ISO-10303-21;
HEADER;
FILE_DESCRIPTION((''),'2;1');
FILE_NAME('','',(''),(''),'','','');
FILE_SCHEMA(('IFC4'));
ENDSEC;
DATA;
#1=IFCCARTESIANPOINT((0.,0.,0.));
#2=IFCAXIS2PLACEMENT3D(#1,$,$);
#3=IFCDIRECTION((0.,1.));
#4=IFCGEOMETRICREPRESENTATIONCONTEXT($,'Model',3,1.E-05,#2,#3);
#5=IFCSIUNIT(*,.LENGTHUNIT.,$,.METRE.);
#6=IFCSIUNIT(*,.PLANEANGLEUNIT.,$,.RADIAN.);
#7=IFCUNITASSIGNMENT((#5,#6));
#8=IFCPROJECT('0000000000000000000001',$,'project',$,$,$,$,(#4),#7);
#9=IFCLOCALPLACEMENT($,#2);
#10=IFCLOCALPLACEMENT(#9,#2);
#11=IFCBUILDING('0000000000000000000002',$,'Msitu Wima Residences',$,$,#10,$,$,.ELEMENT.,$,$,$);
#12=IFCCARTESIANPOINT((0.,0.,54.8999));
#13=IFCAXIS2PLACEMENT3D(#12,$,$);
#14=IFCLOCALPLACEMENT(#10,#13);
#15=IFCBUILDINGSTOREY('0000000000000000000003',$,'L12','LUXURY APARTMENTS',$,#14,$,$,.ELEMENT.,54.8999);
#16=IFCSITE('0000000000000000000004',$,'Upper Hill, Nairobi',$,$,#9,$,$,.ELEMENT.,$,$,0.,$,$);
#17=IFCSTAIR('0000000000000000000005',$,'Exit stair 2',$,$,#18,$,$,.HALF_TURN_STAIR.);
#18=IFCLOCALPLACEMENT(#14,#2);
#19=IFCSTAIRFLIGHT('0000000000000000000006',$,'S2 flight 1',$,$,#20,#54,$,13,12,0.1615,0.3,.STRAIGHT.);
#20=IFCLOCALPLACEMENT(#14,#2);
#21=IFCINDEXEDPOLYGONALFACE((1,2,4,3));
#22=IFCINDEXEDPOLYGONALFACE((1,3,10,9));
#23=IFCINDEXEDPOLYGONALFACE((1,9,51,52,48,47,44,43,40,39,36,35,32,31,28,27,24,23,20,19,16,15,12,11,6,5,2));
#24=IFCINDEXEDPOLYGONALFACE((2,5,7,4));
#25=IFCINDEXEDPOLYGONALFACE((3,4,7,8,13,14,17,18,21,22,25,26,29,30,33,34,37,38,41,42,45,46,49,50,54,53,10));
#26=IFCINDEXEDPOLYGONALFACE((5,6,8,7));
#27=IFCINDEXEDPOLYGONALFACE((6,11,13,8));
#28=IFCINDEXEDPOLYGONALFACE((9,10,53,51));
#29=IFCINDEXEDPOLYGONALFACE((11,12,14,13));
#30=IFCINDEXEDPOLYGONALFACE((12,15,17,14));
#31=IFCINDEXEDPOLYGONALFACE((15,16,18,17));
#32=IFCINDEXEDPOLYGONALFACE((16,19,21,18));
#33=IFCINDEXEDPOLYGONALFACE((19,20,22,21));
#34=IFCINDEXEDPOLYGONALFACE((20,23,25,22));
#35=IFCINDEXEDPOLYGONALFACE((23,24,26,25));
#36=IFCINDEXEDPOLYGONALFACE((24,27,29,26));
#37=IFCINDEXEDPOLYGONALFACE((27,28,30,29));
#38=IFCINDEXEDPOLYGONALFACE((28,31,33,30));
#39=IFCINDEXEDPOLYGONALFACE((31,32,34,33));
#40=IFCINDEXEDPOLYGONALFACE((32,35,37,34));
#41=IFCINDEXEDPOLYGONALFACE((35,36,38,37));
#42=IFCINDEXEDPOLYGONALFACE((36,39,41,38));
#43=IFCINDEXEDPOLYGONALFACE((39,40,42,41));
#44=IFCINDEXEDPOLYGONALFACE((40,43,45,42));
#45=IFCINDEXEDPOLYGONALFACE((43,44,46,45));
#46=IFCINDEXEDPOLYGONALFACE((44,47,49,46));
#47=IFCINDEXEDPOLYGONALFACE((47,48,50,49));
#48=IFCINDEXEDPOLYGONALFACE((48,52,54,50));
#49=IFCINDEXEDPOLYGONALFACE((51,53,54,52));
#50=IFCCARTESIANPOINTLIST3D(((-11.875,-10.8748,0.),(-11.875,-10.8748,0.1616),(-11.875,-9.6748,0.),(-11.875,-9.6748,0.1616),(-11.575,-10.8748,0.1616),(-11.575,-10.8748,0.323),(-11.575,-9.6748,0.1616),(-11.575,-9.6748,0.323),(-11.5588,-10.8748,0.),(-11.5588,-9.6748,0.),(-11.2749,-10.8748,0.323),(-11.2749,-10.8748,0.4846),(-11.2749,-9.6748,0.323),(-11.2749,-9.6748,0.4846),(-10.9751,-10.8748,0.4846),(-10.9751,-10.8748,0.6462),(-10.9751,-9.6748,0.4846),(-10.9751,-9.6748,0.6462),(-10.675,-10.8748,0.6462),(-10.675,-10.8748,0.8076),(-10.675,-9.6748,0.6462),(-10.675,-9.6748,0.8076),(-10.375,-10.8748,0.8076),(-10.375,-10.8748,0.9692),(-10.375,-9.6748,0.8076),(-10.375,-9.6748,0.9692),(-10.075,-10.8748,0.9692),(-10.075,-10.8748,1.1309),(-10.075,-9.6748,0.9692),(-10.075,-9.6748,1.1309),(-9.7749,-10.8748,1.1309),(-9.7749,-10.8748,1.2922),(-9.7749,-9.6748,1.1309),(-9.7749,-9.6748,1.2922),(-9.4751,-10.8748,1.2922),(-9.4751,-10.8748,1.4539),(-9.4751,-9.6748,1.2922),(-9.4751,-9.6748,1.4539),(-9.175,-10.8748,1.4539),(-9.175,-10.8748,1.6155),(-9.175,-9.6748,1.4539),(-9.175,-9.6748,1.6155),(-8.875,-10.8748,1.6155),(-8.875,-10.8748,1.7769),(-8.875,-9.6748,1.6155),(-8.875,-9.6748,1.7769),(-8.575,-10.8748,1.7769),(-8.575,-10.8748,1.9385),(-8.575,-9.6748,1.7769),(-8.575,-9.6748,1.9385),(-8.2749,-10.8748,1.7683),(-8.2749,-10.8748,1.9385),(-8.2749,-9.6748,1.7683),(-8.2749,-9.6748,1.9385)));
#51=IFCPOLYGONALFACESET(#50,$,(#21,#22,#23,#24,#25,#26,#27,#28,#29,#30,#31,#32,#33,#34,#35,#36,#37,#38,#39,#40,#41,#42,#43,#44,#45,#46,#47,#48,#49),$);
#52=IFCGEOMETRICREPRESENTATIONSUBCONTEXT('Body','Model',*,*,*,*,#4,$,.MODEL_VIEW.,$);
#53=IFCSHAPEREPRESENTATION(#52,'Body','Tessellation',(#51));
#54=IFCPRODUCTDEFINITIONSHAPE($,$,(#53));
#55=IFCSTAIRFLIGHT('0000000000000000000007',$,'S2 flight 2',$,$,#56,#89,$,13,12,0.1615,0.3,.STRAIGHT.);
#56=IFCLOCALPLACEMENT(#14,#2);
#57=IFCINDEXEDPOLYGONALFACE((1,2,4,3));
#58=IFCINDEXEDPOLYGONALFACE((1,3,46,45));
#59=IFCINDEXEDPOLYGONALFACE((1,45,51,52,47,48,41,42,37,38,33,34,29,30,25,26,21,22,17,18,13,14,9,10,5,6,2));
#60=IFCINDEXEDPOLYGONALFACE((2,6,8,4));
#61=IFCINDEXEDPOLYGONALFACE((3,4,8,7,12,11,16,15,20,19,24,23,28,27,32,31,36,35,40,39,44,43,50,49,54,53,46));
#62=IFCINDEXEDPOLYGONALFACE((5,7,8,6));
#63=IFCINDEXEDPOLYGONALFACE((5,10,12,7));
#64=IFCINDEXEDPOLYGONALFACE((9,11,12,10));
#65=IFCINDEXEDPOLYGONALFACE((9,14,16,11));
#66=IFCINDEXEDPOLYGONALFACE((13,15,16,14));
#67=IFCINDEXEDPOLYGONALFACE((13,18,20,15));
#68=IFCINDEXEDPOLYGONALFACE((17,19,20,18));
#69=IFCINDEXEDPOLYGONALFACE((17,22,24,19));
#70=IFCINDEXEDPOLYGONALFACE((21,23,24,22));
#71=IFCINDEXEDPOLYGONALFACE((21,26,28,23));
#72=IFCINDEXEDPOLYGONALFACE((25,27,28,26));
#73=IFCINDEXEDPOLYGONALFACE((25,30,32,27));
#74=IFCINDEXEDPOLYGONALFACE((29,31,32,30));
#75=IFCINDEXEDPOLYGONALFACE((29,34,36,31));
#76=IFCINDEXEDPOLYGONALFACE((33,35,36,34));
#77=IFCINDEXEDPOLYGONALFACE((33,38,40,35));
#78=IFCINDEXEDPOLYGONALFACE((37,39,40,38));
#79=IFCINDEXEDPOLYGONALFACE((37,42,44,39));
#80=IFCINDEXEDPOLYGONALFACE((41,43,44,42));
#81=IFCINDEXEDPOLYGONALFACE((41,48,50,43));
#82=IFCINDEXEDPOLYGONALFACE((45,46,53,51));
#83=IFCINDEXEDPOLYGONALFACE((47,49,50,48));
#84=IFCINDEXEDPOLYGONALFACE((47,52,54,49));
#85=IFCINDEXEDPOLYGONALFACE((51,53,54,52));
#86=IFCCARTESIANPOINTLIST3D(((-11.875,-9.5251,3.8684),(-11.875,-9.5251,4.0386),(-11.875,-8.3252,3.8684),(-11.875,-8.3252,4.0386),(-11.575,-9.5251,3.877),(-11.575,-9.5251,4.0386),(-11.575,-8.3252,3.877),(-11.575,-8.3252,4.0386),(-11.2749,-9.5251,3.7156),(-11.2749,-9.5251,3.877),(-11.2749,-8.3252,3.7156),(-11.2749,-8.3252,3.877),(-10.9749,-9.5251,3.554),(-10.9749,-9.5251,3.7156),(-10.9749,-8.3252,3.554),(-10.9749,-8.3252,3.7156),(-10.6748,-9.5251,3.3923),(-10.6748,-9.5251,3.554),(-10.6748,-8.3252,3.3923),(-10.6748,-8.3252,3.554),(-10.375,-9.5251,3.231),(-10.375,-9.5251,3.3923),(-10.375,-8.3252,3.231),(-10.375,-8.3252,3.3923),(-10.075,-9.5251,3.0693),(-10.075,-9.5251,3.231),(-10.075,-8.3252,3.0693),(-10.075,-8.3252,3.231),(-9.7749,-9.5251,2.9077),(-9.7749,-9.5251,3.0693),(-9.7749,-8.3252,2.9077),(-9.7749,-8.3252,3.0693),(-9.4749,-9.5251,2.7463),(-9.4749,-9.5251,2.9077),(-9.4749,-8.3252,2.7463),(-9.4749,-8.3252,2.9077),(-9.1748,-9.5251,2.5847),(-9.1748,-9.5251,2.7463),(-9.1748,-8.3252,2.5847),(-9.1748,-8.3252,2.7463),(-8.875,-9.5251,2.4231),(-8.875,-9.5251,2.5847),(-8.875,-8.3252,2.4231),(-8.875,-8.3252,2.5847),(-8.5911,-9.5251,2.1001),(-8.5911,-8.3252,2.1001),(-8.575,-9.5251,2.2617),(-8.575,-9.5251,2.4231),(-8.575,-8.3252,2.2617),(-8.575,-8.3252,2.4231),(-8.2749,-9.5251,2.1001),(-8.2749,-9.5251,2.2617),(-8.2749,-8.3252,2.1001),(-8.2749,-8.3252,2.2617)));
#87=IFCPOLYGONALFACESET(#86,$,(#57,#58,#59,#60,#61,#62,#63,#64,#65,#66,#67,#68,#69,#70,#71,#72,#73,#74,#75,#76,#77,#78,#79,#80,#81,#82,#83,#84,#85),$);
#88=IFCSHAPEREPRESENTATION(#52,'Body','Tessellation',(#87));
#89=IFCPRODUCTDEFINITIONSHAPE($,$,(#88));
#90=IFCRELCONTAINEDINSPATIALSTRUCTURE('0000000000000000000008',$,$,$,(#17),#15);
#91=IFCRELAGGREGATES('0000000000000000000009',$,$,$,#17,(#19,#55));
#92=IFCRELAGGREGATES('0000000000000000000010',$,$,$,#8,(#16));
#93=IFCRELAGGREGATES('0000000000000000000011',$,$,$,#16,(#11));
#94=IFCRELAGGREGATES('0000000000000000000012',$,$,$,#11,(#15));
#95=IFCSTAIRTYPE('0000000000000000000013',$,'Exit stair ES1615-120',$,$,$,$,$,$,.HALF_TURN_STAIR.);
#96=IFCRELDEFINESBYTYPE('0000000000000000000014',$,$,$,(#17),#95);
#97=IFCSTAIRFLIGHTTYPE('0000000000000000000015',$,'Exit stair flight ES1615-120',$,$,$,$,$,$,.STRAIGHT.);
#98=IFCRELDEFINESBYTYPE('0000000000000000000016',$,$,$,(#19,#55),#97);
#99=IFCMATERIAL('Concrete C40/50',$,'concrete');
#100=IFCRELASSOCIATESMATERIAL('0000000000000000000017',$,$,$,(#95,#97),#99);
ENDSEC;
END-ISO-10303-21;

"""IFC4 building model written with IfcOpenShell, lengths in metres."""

from ifc_helpers import new_model, si_unit, direction, frame, origin, place, context, subcontext, project, spatial, polyline, outline, extrude, material, type_object, element, aggregate, save


model = new_model("IFC4")

# Units and contexts
model_context = context("Model", 3, precision=1e-05, world=origin(), true_north=direction((0.0, 1.0)))
body_context = subcontext(model_context, "Body", "Model", "MODEL_VIEW")
ifc_project = project(units=[si_unit("LENGTHUNIT", "METRE"), si_unit("PLANEANGLEUNIT", "RADIAN")], contexts=[model_context])

# Site, building, storey
site_placement = place(None, origin())
site = spatial("IfcSite", under=ifc_project, at=site_placement, Name="Upper Hill, Nairobi", CompositionType="ELEMENT", RefElevation=0.0)
building_placement = place(site_placement, origin())
building = spatial("IfcBuilding", under=site, at=building_placement, Name="Msitu Wima Residences", CompositionType="ELEMENT")
storey_placement = place(building_placement, frame((0.0, 0.0, 54.8999)))
storey = spatial("IfcBuildingStorey", under=building, at=storey_placement, Name="L12", Description="LUXURY APARTMENTS", CompositionType="ELEMENT", Elevation=54.8999)

# Stair, stair flights
ifc_material_1 = material(Name="Concrete C40/50", Category="concrete")
stair_type = type_object("IfcStairType", Name="Exit stair ES1615-120", PredefinedType="HALF_TURN_STAIR", material=ifc_material_1)
stair_placement = place(storey_placement, origin())
stair = element("IfcStair", 1, at=stair_placement, inside=storey, type_object=stair_type, Name="Exit stair 2", PredefinedType="HALF_TURN_STAIR")
stair_flight_type = type_object("IfcStairFlightType", Name="Exit stair flight ES1615-120", PredefinedType="STRAIGHT", material=ifc_material_1)
stair_flight_1_placement = place(storey_placement, frame((-11.875, -10.2749, 0.0), z_axis=(0.0, 0.0, 1.0), x_axis=(1.0, 0.0, 0.0)))
stair_flight_1 = element("IfcStairFlight", 2, at=stair_flight_1_placement, type_object=stair_flight_type, Name="S2 flight 1", NumberOfRisers=13, NumberOfTreads=12, PredefinedType="STRAIGHT", RiserHeight=0.1615, TreadLength=0.3, context=body_context, shape_type="SweptSolid", body=[
    extrude(outline(polyline([(0.0, 0.0), (0.0, 0.1616), (0.3, 0.1616), (0.3, 0.323), (0.6001, 0.323), (0.6001, 0.4846), (0.8999, 0.4846), (0.8999, 0.6462), (1.2, 0.6462), (1.2, 0.8076), (1.5, 0.8076), (1.5, 0.9692), (1.8, 0.9692), (1.8, 1.1309), (2.1001, 1.1309), (2.1001, 1.2922), (2.3999, 1.2922), (2.3999, 1.4539), (2.7, 1.4539), (2.7, 1.6155), (3.0, 1.6155), (3.0, 1.7769), (3.3, 1.7769), (3.3, 1.9385), (3.6001, 1.9385), (3.6001, 2.1001), (3.6001, 1.7683), (0.3162, 0.0), (0.0, 0.0)])), frame((0.0, 0.6001, 0.0), z_axis=(0.0, -1.0, 0.0), x_axis=(1.0, 0.0, 0.0)), (0.0, 0.0, 1.0), 1.2),
])
stair_flight_2_placement = place(storey_placement, frame((-8.2749, -8.925, 2.1001), z_axis=(0.0, 0.0, 1.0), x_axis=(-1.0, 0.0, 0.0)))
stair_flight_2 = element("IfcStairFlight", 3, at=stair_flight_2_placement, type_object=stair_flight_type, Name="S2 flight 2", NumberOfRisers=13, NumberOfTreads=12, PredefinedType="STRAIGHT", RiserHeight=0.1615, TreadLength=0.3, context=body_context, shape_type="SweptSolid", body=[
    extrude(outline(polyline([(0.0, 0.0), (0.0, 0.1616), (0.3, 0.1616), (0.3, 0.323), (0.6001, 0.323), (0.6001, 0.4846), (0.8999, 0.4846), (0.8999, 0.6462), (1.2, 0.6462), (1.2, 0.8076), (1.5, 0.8076), (1.5, 0.9692), (1.8, 0.9692), (1.8, 1.1309), (2.1001, 1.1309), (2.1001, 1.2922), (2.3999, 1.2922), (2.3999, 1.4539), (2.7, 1.4539), (2.7, 1.6155), (3.0, 1.6155), (3.0, 1.7769), (3.3, 1.7769), (3.3, 1.9385), (3.6001, 1.9385), (3.6001, 2.1001), (3.6001, 1.7683), (0.3162, 0.0), (0.0, 0.0)])), frame((0.0, 0.6001, 0.0), z_axis=(0.0, -1.0, 0.0), x_axis=(1.0, 0.0, 0.0)), (0.0, 0.0, 1.0), 1.2),
])
aggregate(stair, [stair_flight_1, stair_flight_2])

save(model, "model.ifc")
